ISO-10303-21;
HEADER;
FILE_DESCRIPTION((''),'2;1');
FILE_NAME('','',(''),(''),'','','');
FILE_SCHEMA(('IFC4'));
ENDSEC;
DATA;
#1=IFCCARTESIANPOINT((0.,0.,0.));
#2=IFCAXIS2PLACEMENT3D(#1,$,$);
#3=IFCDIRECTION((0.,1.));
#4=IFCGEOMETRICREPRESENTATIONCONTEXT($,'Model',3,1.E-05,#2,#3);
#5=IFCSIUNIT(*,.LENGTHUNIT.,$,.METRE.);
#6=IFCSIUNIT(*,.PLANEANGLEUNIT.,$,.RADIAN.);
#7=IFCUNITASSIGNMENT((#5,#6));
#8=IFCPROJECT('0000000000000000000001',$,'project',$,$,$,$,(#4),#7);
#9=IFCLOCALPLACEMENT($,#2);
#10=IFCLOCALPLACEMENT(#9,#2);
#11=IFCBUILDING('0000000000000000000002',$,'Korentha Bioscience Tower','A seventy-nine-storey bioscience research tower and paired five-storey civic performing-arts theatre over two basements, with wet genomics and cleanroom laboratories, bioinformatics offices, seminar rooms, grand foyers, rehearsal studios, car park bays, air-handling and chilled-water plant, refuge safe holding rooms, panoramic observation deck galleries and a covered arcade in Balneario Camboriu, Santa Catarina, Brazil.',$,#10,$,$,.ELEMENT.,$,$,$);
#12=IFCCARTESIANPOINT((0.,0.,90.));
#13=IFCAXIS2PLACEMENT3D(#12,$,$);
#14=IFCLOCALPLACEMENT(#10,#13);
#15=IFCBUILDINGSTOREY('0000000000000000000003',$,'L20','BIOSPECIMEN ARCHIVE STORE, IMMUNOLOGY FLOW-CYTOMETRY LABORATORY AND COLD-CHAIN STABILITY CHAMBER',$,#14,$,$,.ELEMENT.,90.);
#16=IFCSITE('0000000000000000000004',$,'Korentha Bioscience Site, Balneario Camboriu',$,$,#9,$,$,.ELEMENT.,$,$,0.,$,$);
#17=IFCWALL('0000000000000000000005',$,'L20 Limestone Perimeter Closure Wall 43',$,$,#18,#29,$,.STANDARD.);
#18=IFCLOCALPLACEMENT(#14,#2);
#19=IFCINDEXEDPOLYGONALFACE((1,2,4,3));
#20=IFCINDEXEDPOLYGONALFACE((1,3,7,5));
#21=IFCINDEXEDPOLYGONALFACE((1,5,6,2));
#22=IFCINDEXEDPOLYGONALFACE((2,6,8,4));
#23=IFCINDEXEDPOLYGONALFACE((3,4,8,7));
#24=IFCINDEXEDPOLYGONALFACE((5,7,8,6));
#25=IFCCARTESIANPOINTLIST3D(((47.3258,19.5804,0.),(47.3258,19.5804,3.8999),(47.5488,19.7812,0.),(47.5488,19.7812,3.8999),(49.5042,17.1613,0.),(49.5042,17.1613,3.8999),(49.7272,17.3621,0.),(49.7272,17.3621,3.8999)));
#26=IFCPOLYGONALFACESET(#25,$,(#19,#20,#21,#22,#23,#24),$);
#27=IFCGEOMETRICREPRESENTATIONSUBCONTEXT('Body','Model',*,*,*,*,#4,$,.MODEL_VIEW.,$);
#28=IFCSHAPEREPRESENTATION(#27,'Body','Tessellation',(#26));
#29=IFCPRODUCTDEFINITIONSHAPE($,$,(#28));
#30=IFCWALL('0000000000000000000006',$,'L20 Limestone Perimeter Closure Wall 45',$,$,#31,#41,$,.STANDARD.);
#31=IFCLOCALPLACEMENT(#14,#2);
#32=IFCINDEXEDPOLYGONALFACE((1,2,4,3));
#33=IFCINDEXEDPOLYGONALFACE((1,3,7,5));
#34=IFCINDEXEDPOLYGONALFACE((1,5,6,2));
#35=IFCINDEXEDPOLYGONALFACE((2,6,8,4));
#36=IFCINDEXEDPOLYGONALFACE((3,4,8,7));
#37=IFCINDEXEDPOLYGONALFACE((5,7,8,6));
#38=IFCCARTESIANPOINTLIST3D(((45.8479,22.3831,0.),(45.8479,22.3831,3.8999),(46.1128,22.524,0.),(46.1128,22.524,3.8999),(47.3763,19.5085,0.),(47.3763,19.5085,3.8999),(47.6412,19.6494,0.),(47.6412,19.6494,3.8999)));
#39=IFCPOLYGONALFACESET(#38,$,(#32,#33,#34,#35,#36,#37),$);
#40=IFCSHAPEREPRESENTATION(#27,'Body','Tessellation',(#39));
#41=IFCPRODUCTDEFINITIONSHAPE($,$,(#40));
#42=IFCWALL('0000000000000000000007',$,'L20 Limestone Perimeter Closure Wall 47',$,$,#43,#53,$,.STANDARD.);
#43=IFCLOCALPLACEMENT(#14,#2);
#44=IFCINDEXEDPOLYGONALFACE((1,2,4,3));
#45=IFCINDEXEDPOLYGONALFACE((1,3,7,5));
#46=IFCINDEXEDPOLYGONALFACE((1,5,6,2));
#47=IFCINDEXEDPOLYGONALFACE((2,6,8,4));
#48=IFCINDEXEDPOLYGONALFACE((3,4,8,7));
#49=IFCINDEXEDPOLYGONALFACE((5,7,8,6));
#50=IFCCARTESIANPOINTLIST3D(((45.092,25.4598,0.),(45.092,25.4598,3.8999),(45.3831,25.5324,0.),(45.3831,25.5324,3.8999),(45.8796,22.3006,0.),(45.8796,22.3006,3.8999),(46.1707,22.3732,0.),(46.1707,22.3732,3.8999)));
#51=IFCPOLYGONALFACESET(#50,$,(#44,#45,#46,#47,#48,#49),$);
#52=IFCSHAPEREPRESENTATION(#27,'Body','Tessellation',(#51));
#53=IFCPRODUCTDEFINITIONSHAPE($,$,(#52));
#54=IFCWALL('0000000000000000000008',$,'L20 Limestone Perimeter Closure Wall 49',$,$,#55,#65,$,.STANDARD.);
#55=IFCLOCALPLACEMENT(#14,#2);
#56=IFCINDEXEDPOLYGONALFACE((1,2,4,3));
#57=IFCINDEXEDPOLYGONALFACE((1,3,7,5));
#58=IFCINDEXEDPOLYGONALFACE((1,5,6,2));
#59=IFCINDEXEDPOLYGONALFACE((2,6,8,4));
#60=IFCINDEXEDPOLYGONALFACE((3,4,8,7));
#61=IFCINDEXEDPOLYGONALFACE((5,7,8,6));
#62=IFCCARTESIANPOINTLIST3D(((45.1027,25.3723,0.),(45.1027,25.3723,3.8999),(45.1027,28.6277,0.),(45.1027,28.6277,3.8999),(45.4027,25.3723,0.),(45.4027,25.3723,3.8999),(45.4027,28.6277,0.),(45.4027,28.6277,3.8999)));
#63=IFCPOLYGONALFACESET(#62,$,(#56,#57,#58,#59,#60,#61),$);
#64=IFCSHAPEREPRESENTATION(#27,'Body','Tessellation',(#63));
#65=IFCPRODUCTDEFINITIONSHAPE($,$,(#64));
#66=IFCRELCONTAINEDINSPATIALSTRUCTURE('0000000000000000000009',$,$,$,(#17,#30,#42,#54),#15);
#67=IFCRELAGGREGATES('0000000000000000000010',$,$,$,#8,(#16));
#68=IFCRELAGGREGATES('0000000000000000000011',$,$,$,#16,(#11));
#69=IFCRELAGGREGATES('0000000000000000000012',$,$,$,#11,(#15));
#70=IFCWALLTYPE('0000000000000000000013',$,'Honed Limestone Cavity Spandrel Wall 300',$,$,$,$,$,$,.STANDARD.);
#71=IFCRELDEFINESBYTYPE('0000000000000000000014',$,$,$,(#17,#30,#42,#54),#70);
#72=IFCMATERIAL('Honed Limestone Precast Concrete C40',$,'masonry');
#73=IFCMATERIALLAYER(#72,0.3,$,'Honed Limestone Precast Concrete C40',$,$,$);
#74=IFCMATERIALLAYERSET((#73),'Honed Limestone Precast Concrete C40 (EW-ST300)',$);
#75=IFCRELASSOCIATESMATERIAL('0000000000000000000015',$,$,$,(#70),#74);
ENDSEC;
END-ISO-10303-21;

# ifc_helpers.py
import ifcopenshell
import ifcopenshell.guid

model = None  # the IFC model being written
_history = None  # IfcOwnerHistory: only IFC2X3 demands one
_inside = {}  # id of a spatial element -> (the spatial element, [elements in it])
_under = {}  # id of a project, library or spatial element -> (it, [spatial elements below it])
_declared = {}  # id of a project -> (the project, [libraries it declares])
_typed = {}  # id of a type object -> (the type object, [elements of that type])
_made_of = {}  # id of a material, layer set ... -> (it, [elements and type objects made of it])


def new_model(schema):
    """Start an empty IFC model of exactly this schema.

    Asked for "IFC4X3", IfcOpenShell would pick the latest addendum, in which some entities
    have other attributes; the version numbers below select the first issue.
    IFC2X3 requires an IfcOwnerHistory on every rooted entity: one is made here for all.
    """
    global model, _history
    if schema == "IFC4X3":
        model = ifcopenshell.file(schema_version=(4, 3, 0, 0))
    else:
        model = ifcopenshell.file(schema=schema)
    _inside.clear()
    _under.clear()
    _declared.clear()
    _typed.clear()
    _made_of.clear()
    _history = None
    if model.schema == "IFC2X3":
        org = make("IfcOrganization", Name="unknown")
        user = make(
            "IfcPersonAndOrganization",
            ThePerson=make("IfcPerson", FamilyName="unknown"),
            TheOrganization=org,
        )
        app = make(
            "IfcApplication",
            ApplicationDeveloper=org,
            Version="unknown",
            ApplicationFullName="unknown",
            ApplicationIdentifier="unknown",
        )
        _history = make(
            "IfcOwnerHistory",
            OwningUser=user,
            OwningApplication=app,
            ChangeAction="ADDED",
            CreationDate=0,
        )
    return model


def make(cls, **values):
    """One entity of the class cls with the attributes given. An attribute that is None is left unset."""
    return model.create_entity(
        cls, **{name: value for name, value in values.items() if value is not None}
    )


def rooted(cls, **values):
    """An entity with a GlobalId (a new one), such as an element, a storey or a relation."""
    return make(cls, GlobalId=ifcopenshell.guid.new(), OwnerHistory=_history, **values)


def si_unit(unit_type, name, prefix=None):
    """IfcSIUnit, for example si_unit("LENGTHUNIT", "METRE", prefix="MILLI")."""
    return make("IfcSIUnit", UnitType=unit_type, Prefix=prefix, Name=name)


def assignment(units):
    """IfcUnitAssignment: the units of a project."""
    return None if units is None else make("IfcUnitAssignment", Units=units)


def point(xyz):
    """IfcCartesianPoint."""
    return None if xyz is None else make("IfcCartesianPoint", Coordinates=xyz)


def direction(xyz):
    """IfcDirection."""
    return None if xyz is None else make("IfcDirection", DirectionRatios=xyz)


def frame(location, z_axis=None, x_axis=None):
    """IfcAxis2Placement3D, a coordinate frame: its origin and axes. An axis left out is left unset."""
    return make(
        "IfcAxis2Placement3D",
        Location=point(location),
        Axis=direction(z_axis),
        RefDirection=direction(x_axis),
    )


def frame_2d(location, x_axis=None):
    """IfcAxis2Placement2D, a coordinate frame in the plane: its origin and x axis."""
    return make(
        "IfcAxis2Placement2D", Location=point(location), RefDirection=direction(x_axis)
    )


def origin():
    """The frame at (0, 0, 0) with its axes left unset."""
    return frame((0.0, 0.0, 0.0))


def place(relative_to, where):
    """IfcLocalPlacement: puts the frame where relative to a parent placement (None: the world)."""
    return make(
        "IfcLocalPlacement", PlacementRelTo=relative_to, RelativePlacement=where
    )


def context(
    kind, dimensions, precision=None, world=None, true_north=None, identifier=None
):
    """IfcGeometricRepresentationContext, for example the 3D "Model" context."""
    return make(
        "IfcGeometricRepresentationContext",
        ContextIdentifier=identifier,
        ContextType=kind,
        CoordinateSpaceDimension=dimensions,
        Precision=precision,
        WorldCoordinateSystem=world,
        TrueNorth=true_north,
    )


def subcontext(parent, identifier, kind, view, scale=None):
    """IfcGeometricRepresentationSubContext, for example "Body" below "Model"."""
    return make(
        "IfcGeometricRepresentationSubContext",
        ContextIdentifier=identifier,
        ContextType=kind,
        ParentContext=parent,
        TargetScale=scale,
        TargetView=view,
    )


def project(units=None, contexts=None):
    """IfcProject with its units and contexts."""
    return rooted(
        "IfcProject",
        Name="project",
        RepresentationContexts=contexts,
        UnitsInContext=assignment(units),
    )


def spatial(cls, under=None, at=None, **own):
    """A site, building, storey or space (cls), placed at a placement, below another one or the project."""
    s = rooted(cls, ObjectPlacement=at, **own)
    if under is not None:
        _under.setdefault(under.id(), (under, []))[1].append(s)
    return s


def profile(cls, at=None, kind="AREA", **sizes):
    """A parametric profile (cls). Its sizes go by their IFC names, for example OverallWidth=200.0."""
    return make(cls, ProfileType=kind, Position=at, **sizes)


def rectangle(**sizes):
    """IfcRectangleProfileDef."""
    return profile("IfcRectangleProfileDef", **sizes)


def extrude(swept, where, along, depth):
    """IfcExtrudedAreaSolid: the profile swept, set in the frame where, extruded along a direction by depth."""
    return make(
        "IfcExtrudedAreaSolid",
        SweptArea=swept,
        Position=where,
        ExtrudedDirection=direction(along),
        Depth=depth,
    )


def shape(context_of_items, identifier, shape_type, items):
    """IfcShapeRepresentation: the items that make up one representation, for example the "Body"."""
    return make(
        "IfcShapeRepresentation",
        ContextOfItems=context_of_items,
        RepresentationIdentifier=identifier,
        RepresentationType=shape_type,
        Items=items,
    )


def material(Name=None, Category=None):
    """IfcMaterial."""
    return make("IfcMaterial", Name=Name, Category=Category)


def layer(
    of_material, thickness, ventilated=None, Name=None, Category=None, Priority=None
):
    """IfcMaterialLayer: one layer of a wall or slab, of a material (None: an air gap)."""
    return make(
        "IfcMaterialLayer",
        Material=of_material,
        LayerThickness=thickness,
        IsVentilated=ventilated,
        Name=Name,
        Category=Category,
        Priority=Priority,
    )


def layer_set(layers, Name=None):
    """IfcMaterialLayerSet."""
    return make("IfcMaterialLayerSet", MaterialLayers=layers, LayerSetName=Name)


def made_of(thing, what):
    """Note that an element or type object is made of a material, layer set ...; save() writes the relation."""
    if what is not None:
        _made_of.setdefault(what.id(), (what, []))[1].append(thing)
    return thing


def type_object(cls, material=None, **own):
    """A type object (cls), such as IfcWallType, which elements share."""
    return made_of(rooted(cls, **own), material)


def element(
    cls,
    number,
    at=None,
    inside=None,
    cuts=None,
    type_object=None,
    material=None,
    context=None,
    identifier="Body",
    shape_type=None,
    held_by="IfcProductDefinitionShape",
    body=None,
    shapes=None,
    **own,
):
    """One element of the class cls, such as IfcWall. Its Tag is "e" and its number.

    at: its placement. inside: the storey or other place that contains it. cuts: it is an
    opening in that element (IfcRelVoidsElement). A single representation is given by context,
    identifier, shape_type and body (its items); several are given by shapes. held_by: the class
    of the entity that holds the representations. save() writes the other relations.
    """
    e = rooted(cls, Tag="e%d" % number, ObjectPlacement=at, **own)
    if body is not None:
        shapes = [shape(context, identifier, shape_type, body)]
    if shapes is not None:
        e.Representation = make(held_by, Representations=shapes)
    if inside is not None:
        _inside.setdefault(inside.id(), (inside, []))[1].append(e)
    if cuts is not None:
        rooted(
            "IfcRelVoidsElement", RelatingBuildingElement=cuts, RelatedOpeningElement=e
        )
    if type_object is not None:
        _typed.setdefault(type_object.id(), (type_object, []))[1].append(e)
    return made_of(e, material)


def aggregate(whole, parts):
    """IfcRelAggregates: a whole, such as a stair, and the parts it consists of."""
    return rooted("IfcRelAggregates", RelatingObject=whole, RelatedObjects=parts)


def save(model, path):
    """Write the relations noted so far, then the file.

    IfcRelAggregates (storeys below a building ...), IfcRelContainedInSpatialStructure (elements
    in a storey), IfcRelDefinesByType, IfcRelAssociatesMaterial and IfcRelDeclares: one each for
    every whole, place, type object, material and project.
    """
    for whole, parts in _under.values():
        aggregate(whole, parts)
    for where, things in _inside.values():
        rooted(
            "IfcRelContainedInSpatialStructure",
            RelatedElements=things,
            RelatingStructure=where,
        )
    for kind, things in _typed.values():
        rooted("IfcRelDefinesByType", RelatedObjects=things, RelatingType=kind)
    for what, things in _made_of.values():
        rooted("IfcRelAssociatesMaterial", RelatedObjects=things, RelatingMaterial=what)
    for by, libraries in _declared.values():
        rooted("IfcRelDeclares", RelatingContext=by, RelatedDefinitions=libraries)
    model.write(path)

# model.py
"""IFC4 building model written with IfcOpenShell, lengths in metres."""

from ifc_helpers import new_model, si_unit, direction, frame, frame_2d, origin, place, context, subcontext, project, spatial, rectangle, extrude, material, layer, layer_set, type_object, element, save


model = new_model("IFC4")

# Units and contexts
model_context = context("Model", 3, precision=1e-05, world=origin(), true_north=direction((0.0, 1.0)))
body_context = subcontext(model_context, "Body", "Model", "MODEL_VIEW")
ifc_project = project(units=[si_unit("LENGTHUNIT", "METRE"), si_unit("PLANEANGLEUNIT", "RADIAN")], contexts=[model_context])

# Site, building, storey
site_placement = place(None, origin())
site = spatial("IfcSite", under=ifc_project, at=site_placement, Name="Korentha Bioscience Site, Balneario Camboriu", CompositionType="ELEMENT", RefElevation=0.0)
building_placement = place(site_placement, origin())
building = spatial("IfcBuilding", under=site, at=building_placement, Name="Korentha Bioscience Tower", Description="A seventy-nine-storey bioscience research tower and paired five-storey civic performing-arts theatre over two basements, with wet genomics and cleanroom laboratories, bioinformatics offices, seminar rooms, grand foyers, rehearsal studios, car park bays, air-handling and chilled-water plant, refuge safe holding rooms, panoramic observation deck galleries and a covered arcade in Balneario Camboriu, Santa Catarina, Brazil.", CompositionType="ELEMENT")
storey_placement = place(building_placement, frame((0.0, 0.0, 90.0)))
storey = spatial("IfcBuildingStorey", under=building, at=storey_placement, Name="L20", Description="BIOSPECIMEN ARCHIVE STORE, IMMUNOLOGY FLOW-CYTOMETRY LABORATORY AND COLD-CHAIN STABILITY CHAMBER", CompositionType="ELEMENT", Elevation=90.0)

# Walls
ifc_material_1 = material(Name="Honed Limestone Precast Concrete C40", Category="masonry")
ifc_layer_1 = layer(ifc_material_1, 0.3, Name="Honed Limestone Precast Concrete C40")
ifc_layer_set_1 = layer_set([ifc_layer_1], Name="Honed Limestone Precast Concrete C40 (EW-ST300)")
wall_type_1 = type_object("IfcWallType", Name="Honed Limestone Cavity Spandrel Wall 300", PredefinedType="STANDARD", material=ifc_layer_set_1)
wall_1_placement = place(storey_placement, frame((49.6157, 17.2617, 0.0), z_axis=(0.0, 0.0, 1.0), x_axis=(-0.669168, 0.743111, 0.0)))
element("IfcWall", 1, at=wall_1_placement, inside=storey, type_object=wall_type_1, Name="L20 Limestone Perimeter Closure Wall 43", PredefinedType="STANDARD", context=body_context, shape_type="SweptSolid", body=[
    extrude(rectangle(XDim=3.2554, YDim=0.3, at=frame_2d((1.6277, 0.0))), origin(), (0.0, 0.0, 1.0), 3.8999),
])
wall_2_placement = place(storey_placement, frame((47.5088, 19.5789, 0.0), z_axis=(0.0, 0.0, 1.0), x_axis=(-0.469451, 0.882958, 0.0)))
element("IfcWall", 2, at=wall_2_placement, inside=storey, type_object=wall_type_1, Name="L20 Limestone Perimeter Closure Wall 45", PredefinedType="STANDARD", context=body_context, shape_type="SweptSolid", body=[
    extrude(rectangle(XDim=3.2556, YDim=0.3, at=frame_2d((1.6279, 0.0))), origin(), (0.0, 0.0, 1.0), 3.8999),
])
wall_3_placement = place(storey_placement, frame((46.0251, 22.3369, 0.0), z_axis=(0.0, 0.0, 1.0), x_axis=(-0.2419, 0.970301, 0.0)))
element("IfcWall", 3, at=wall_3_placement, inside=storey, type_object=wall_type_1, Name="L20 Limestone Perimeter Closure Wall 47", PredefinedType="STANDARD", context=body_context, shape_type="SweptSolid", body=[
    extrude(rectangle(XDim=3.2559, YDim=0.3, at=frame_2d((1.6279, 0.0))), origin(), (0.0, 0.0, 1.0), 3.8999),
])
wall_4_placement = place(storey_placement, frame((45.2527, 25.3723, 0.0), z_axis=(0.0, 0.0, 1.0), x_axis=(0.0, 1.0, 0.0)))
element("IfcWall", 4, at=wall_4_placement, inside=storey, type_object=wall_type_1, Name="L20 Limestone Perimeter Closure Wall 49", PredefinedType="STANDARD", context=body_context, shape_type="SweptSolid", body=[
    extrude(rectangle(XDim=3.2554, YDim=0.3, at=frame_2d((1.6277, 0.0))), origin(), (0.0, 0.0, 1.0), 3.8999),
])

save(model, "model.ifc")
